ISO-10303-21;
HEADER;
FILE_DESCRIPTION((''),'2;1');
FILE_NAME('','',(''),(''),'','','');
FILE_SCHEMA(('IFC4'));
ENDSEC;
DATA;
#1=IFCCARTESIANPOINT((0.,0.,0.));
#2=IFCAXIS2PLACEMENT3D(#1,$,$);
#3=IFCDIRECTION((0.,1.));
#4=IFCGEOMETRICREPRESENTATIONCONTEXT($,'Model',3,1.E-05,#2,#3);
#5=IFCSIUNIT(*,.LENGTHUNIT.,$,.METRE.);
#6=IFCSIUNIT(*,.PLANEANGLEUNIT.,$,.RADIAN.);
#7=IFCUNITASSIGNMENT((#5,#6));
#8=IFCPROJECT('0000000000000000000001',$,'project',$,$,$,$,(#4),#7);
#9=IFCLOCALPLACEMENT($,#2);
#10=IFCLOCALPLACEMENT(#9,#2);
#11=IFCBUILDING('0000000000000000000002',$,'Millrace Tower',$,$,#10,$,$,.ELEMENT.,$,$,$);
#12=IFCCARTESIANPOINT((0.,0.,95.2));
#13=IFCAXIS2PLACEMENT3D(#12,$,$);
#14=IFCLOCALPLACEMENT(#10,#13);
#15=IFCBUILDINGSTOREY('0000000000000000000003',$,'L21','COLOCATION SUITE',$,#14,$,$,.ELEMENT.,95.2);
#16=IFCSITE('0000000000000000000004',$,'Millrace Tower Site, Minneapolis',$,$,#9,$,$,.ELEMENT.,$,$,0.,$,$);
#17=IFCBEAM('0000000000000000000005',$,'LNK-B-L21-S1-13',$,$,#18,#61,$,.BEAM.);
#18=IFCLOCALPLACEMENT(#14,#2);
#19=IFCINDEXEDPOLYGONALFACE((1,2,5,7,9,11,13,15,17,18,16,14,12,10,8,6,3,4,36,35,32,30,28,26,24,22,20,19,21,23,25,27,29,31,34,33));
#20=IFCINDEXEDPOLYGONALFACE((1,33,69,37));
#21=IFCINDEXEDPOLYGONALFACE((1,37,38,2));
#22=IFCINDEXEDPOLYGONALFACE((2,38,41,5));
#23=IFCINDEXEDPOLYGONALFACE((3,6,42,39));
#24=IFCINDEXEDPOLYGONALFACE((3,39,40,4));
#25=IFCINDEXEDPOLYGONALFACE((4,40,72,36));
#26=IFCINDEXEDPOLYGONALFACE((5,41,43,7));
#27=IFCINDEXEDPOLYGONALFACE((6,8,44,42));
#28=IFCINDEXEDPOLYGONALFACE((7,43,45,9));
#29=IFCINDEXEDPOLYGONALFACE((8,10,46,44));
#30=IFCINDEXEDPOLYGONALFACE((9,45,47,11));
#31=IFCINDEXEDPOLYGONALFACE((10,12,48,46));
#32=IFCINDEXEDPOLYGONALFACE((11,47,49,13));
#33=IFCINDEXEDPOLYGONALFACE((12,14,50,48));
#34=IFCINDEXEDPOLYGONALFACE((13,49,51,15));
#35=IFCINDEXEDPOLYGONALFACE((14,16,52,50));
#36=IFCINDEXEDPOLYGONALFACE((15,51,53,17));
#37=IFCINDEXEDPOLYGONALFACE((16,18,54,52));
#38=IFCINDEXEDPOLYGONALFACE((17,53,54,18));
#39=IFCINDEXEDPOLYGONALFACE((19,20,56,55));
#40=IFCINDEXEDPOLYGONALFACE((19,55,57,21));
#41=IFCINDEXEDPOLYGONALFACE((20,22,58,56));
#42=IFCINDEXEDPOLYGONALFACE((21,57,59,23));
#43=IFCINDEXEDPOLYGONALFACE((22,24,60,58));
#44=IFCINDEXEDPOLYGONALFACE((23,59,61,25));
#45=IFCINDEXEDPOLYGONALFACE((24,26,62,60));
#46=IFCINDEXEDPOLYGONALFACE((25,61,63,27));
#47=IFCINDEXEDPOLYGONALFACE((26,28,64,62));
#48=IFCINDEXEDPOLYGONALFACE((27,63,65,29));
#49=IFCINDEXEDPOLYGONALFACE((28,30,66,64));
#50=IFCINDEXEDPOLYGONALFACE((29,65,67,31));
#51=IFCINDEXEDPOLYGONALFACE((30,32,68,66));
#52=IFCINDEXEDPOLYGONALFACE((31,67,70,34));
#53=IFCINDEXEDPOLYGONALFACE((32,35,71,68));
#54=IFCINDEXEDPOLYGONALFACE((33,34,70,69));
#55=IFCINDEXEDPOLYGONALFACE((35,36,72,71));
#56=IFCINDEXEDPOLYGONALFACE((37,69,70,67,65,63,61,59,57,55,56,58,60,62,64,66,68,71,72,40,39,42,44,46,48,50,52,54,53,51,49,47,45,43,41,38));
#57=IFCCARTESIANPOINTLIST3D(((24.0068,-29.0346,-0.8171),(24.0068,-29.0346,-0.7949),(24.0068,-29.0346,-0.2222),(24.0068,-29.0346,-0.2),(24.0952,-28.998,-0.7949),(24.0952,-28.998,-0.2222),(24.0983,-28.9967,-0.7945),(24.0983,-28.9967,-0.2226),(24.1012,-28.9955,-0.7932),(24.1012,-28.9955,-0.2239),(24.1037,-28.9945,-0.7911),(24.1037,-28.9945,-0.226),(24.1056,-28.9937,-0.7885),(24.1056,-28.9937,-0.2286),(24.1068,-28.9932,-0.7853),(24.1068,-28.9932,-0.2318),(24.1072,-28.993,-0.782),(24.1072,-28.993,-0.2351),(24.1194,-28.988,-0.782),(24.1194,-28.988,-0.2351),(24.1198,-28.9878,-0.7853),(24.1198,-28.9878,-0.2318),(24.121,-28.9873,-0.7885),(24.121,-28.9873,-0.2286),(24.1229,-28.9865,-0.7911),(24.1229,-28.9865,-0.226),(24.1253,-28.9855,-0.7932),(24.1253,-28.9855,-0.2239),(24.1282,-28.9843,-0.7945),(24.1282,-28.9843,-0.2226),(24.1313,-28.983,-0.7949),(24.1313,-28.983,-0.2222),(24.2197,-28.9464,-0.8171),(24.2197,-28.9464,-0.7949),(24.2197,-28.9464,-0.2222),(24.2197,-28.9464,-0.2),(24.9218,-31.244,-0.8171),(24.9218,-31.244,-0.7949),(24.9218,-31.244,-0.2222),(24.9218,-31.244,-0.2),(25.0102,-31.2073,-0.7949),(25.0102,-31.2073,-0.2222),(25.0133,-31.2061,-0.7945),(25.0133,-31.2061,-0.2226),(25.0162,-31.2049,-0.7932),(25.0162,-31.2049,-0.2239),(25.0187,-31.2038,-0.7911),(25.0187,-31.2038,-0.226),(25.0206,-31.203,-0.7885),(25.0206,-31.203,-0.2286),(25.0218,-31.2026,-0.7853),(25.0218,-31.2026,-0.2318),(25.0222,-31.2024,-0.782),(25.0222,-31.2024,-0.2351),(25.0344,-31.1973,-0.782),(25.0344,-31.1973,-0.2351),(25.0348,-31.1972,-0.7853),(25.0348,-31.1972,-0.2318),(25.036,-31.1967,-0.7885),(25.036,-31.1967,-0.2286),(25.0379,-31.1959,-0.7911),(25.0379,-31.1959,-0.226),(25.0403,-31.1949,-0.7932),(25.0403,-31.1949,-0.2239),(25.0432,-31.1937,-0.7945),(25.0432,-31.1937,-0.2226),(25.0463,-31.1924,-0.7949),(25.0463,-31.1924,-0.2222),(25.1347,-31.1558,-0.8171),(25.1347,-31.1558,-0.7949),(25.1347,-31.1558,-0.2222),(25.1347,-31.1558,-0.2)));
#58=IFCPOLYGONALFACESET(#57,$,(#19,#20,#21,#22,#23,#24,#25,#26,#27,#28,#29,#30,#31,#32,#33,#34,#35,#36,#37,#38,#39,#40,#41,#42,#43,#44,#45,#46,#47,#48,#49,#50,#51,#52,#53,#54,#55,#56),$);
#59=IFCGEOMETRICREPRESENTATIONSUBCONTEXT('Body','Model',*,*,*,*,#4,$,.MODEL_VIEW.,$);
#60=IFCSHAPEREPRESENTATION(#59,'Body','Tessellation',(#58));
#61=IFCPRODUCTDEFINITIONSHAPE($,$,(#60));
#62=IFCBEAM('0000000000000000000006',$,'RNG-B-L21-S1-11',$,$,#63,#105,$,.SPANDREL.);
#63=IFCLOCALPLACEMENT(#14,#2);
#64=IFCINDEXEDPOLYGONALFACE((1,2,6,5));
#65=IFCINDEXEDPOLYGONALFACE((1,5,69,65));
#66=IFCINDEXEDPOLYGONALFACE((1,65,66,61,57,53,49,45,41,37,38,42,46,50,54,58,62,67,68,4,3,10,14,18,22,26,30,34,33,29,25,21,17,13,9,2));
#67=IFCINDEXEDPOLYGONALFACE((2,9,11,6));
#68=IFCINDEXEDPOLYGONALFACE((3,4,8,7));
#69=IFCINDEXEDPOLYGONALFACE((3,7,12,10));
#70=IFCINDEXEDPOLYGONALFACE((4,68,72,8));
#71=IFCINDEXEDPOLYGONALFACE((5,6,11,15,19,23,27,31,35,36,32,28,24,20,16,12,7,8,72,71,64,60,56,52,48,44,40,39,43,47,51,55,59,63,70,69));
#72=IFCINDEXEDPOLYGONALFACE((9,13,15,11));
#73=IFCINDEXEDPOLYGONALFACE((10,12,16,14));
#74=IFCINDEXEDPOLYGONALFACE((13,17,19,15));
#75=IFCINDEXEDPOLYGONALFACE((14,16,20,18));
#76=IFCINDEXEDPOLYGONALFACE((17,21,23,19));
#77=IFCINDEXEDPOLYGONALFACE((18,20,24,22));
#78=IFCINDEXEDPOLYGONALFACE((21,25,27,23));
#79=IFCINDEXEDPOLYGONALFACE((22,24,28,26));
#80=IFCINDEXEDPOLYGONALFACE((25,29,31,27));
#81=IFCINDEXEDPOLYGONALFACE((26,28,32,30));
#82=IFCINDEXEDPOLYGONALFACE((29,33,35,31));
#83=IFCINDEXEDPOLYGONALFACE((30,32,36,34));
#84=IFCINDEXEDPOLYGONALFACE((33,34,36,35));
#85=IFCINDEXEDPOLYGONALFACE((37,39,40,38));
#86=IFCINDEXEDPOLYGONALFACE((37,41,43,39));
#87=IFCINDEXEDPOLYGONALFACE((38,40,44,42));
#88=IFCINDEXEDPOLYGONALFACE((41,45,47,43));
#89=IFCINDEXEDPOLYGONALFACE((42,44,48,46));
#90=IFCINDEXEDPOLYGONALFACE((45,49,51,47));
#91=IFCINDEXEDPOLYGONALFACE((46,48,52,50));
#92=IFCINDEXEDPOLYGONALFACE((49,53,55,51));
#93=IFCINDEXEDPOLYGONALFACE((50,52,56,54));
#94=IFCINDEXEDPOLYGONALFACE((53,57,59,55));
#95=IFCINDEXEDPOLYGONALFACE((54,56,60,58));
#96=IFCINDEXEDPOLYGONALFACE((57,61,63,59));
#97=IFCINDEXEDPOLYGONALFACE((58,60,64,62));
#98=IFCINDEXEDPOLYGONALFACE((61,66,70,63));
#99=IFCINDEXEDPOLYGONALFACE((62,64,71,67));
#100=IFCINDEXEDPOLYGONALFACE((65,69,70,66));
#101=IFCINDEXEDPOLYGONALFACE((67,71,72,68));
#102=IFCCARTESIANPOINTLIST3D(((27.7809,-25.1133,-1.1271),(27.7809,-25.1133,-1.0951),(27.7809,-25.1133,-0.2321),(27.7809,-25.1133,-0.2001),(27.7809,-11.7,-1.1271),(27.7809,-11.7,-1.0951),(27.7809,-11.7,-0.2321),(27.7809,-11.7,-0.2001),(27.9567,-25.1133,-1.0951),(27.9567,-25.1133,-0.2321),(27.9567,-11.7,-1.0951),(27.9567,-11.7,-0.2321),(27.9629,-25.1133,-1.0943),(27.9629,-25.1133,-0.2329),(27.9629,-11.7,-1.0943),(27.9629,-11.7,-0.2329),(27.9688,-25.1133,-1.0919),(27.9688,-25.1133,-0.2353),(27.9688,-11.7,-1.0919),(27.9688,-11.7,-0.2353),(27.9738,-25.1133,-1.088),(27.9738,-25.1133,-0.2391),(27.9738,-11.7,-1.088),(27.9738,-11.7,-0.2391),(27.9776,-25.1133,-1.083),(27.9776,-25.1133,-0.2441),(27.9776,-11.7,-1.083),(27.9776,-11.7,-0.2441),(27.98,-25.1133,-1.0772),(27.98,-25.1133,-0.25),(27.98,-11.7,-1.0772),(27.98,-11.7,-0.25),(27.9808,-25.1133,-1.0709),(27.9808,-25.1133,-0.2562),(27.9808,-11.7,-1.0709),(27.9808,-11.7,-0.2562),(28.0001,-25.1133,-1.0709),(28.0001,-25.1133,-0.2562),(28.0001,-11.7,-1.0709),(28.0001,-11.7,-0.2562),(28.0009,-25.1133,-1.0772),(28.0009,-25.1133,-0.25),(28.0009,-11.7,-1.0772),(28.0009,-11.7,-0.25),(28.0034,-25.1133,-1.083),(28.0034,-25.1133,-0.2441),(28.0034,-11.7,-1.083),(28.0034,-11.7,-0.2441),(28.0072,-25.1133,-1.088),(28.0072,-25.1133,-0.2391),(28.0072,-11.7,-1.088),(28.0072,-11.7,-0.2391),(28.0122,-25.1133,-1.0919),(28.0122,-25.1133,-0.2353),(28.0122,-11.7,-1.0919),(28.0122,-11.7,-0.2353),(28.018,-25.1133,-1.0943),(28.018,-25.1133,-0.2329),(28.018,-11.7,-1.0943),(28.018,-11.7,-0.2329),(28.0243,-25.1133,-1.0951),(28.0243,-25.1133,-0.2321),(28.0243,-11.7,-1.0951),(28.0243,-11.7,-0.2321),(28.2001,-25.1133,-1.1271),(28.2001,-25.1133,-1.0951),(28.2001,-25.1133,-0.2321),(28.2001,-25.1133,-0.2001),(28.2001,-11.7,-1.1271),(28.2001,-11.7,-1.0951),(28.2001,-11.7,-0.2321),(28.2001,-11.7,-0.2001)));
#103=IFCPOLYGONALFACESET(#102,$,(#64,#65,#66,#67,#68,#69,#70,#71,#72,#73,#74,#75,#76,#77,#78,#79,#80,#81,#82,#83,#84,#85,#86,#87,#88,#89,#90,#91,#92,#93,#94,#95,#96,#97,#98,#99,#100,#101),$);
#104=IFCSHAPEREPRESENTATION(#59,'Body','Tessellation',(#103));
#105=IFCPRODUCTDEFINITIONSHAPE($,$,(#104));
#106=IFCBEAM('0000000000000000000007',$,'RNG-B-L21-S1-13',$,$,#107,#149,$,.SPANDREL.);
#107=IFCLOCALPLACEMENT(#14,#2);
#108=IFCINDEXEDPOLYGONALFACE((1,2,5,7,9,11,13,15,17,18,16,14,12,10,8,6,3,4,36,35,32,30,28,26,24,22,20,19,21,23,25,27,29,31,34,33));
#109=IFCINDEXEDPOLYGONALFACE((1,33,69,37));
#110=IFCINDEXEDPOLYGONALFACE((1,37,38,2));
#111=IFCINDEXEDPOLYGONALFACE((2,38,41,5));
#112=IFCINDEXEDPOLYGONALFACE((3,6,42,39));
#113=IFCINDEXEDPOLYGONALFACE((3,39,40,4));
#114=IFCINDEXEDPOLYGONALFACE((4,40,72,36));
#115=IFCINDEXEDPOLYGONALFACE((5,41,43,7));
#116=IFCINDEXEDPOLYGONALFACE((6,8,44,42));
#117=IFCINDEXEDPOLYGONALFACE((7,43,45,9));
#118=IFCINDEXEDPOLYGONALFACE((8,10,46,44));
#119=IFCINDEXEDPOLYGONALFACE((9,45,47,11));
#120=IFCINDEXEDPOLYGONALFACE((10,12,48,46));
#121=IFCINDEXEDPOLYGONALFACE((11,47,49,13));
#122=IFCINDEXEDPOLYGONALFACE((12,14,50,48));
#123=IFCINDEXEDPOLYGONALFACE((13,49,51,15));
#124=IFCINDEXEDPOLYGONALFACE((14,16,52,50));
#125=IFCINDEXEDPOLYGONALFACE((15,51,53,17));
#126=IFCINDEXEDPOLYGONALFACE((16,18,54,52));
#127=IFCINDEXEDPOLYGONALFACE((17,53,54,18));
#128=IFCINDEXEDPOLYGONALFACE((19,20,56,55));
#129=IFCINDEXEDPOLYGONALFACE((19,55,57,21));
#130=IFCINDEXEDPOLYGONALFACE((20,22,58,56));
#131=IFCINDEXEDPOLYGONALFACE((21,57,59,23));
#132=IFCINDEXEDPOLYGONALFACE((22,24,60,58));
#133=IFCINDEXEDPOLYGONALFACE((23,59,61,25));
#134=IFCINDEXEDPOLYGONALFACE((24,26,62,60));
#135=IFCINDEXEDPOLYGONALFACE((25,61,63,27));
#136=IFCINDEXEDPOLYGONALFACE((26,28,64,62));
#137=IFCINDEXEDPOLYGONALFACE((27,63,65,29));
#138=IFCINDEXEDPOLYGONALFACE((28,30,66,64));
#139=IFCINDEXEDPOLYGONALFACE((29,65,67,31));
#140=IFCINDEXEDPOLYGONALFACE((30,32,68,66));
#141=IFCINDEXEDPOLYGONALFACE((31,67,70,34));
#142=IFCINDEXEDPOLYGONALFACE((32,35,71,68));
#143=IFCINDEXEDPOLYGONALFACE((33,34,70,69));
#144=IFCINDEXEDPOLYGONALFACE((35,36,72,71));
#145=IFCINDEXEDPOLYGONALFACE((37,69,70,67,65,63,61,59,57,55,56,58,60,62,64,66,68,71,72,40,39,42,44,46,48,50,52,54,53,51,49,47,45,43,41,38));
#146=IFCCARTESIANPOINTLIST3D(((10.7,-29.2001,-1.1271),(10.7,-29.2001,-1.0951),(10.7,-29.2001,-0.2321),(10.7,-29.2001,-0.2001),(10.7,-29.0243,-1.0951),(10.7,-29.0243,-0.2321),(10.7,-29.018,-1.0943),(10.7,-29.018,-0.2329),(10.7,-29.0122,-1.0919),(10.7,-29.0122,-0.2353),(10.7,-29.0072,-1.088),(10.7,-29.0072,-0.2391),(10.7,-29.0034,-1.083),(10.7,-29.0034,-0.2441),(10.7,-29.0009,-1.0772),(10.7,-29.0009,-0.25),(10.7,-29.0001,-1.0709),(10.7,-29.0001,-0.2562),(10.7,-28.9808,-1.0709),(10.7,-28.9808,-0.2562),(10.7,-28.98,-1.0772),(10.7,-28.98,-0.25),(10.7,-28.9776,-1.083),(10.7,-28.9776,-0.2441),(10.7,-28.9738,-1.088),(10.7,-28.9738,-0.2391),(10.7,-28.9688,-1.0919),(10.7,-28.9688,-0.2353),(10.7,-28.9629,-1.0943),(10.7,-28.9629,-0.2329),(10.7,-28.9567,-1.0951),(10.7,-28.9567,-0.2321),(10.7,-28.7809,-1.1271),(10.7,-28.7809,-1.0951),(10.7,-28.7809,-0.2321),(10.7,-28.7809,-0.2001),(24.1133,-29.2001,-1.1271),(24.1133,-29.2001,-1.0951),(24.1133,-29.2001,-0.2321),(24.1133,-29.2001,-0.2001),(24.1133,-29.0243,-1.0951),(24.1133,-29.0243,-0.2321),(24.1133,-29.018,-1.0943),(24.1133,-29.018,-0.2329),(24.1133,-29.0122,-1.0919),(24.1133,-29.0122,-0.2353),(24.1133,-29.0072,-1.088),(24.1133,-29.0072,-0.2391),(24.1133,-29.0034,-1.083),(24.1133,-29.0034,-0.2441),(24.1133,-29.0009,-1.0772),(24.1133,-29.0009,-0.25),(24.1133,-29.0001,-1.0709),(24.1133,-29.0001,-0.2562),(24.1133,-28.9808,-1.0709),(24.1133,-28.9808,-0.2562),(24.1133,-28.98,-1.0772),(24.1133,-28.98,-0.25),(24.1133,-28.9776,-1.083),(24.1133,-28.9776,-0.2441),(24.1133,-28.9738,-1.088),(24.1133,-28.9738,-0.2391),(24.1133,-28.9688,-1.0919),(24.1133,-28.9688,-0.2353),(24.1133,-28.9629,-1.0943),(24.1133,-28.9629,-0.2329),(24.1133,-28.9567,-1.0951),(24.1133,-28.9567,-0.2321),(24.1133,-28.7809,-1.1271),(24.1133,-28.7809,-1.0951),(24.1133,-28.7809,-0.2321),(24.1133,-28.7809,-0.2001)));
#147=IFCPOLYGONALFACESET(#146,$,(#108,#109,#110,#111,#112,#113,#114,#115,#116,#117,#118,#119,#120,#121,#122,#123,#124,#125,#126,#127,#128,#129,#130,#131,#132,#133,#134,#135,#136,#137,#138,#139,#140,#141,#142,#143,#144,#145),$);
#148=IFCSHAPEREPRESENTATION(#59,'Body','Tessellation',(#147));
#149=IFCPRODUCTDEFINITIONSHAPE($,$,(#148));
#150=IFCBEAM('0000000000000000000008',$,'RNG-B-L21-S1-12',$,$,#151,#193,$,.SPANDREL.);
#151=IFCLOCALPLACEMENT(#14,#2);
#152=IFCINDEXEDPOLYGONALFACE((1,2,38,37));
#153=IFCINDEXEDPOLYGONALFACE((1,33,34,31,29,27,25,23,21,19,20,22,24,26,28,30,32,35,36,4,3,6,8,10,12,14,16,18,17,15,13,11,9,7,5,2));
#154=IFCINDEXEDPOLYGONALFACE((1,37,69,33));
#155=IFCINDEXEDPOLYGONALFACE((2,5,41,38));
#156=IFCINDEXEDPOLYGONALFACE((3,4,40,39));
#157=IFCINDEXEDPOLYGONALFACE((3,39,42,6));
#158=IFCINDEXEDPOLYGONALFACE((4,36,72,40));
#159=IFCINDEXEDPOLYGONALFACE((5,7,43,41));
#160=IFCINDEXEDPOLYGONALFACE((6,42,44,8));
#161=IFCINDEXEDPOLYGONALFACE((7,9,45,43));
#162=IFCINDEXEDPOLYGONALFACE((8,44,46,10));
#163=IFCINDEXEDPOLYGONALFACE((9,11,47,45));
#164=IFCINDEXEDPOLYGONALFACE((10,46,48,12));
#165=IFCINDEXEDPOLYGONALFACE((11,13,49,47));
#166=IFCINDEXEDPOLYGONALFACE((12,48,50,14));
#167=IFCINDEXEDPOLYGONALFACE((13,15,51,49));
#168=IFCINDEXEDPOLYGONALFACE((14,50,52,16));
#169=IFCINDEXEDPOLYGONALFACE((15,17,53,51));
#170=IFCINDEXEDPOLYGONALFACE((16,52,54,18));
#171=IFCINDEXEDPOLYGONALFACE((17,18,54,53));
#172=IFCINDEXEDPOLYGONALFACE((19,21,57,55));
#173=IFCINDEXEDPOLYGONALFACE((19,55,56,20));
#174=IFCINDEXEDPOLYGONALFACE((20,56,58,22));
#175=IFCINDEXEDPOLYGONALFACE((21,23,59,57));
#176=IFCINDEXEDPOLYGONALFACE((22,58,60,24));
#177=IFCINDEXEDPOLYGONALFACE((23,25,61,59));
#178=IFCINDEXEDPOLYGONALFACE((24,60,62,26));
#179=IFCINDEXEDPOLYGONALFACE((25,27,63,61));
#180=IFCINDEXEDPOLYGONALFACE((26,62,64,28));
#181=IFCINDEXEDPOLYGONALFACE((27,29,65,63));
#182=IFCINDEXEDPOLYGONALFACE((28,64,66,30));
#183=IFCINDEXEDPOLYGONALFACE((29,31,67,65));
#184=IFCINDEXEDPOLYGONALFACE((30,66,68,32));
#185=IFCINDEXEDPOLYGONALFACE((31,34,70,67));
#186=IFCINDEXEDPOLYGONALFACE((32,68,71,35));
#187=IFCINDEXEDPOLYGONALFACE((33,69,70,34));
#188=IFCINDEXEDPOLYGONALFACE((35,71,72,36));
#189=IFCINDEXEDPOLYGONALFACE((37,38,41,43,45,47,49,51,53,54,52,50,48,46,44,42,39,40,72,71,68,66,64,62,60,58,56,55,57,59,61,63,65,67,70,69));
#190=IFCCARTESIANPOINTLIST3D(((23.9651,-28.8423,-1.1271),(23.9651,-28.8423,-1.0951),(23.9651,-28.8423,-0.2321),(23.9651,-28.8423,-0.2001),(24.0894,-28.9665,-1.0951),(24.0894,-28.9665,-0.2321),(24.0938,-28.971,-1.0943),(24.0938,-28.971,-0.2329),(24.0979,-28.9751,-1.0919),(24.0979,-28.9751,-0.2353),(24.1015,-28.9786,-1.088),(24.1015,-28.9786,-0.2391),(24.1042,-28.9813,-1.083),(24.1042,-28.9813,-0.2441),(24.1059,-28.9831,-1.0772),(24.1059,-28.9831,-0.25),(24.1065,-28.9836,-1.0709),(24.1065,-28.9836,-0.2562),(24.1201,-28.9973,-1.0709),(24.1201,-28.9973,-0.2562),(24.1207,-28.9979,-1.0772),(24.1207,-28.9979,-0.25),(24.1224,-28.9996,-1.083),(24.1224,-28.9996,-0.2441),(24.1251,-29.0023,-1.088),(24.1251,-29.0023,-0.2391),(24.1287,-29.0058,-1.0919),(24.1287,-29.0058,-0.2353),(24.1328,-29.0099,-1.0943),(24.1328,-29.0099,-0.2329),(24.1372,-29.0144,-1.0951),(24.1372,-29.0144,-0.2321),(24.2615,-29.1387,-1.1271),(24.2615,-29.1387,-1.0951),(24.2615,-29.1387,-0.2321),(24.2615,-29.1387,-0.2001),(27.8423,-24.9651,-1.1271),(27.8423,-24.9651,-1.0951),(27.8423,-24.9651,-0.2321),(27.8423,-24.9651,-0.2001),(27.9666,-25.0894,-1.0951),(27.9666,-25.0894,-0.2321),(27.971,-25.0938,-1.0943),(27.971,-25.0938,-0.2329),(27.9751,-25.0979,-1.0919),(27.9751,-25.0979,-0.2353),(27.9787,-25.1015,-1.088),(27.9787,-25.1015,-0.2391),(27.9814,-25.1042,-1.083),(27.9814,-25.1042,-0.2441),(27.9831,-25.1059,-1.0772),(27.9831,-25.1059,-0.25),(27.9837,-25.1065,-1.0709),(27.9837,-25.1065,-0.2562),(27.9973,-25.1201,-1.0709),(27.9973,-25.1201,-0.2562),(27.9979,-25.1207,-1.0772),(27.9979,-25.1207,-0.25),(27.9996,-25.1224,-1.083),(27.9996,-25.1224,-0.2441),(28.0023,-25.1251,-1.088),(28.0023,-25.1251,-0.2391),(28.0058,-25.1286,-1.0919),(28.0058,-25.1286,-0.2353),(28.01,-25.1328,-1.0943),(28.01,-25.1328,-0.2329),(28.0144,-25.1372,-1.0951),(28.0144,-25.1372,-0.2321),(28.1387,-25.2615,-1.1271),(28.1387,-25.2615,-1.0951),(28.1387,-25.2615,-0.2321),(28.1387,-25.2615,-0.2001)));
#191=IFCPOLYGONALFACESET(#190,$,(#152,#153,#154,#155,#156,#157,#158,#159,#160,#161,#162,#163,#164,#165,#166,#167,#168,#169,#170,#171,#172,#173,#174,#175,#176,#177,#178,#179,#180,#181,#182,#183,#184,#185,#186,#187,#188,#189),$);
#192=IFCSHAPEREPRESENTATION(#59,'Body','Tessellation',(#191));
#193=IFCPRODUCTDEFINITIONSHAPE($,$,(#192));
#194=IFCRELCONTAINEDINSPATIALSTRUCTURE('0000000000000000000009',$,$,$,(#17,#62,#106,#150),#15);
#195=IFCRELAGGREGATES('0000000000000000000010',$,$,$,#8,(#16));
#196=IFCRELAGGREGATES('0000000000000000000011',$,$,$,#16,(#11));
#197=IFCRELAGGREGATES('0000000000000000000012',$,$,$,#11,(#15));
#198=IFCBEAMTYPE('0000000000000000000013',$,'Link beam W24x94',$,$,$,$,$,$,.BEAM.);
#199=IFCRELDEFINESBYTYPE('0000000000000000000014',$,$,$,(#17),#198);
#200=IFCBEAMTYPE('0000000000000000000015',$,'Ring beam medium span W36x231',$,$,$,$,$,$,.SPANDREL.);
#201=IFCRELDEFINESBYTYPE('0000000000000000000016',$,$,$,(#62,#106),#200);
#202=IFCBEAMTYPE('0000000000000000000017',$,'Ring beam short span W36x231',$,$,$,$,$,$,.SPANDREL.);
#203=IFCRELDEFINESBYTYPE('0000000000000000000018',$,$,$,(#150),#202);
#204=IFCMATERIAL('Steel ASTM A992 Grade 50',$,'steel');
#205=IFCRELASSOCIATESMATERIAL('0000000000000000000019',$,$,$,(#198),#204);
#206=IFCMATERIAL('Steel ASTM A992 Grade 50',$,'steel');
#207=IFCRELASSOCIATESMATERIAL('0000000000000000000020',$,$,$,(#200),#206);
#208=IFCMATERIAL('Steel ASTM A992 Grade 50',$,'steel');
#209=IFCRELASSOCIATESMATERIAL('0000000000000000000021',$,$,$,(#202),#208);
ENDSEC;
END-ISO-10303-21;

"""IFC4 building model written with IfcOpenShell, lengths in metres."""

from ifc_helpers import new_model, si_unit, direction, frame, origin, origin_2d, place, context, subcontext, project, spatial, i_section, extrude, material, material_profile, profile_set, type_object, element, save


model = new_model("IFC4")

# Units and contexts
model_context = context("Model", 3, precision=1e-05, world=origin(), true_north=direction((0.0, 1.0)))
body_context = subcontext(model_context, "Body", "Model", "MODEL_VIEW")
ifc_project = project(units=[si_unit("LENGTHUNIT", "METRE"), si_unit("PLANEANGLEUNIT", "RADIAN")], contexts=[model_context])

# Site, building, storey
site_placement = place(None, origin())
site = spatial("IfcSite", under=ifc_project, at=site_placement, Name="Millrace Tower Site, Minneapolis", CompositionType="ELEMENT", RefElevation=0.0)
building_placement = place(site_placement, origin())
building = spatial("IfcBuilding", under=site, at=building_placement, Name="Millrace Tower", CompositionType="ELEMENT")
storey_placement = place(building_placement, frame((0.0, 0.0, 95.2)))
storey = spatial("IfcBuildingStorey", under=building, at=storey_placement, Name="L21", Description="COLOCATION SUITE", CompositionType="ELEMENT", Elevation=95.2)

# Beams
ifc_material_1 = material(Name="Steel ASTM A992 Grade 50", Category="steel")
ifc_material_profile_1 = material_profile(ifc_material_1, i_section(OverallWidth=0.2305, OverallDepth=0.6172, WebThickness=0.0132, FlangeThickness=0.0222, FilletRadius=0.0129, at=origin_2d()))
ifc_profile_set_1 = profile_set([ifc_material_profile_1], Name="Steel ASTM A992 Grade 50")
beam_type_1 = type_object("IfcBeamType", Name="Link beam W24x94", PredefinedType="BEAM", material=ifc_profile_set_1)
for number, where, z_axis, x_axis, name in (
    (1, (24.1133, -28.9905, -0.5085), (0.382628, -0.923902, 0.0), (0.923902, 0.382628, 0.0), "LNK-B-L21-S1-13"),
):
    element("IfcBeam", number, at=place(storey_placement, frame(where, z_axis=z_axis, x_axis=x_axis)), inside=storey, type_object=beam_type_1, Name=name, PredefinedType="BEAM", context=body_context, shape_type="SweptSolid", body=[
        extrude(i_section(OverallWidth=0.2305, OverallDepth=0.6172, WebThickness=0.0132, FlangeThickness=0.0222, FilletRadius=0.0129, at=origin_2d()), origin(), (0.0, 0.0, 1.0), 2.3914),
    ])
ifc_material_2 = material(Name="Steel ASTM A992 Grade 50", Category="steel")
ifc_material_profile_2 = material_profile(ifc_material_2, i_section(OverallWidth=0.4192, OverallDepth=0.927, WebThickness=0.0193, FlangeThickness=0.032, FilletRadius=0.0242, at=origin_2d()))
ifc_profile_set_2 = profile_set([ifc_material_profile_2], Name="Steel ASTM A992 Grade 50")
beam_type_2 = type_object("IfcBeamType", Name="Ring beam medium span W36x231", PredefinedType="SPANDREL", material=ifc_profile_set_2)
for number, where, z_axis, x_axis, name in (
    (2, (27.9905, -11.7, -0.6636), (0.0, -1.0, 0.0), (1.0, 0.0, 0.0), "RNG-B-L21-S1-11"),
    (3, (24.1133, -28.9905, -0.6636), (-1.0, 0.0, 0.0), (0.0, -1.0, 0.0), "RNG-B-L21-S1-13"),
):
    element("IfcBeam", number, at=place(storey_placement, frame(where, z_axis=z_axis, x_axis=x_axis)), inside=storey, type_object=beam_type_2, Name=name, PredefinedType="SPANDREL", context=body_context, shape_type="SweptSolid", body=[
        extrude(i_section(OverallWidth=0.4192, OverallDepth=0.927, WebThickness=0.0193, FlangeThickness=0.032, FilletRadius=0.0242, at=origin_2d()), origin(), (0.0, 0.0, 1.0), 13.4133),
    ])
ifc_material_3 = material(Name="Steel ASTM A992 Grade 50", Category="steel")
ifc_material_profile_3 = material_profile(ifc_material_3, i_section(OverallWidth=0.4192, OverallDepth=0.927, WebThickness=0.0193, FlangeThickness=0.032, FilletRadius=0.0242, at=origin_2d()))
ifc_profile_set_3 = profile_set([ifc_material_profile_3], Name="Steel ASTM A992 Grade 50")
beam_type_3 = type_object("IfcBeamType", Name="Ring beam short span W36x231", PredefinedType="SPANDREL", material=ifc_profile_set_3)
beam_placement = place(storey_placement, frame((27.9905, -25.1133, -0.6636), z_axis=(-0.707107, -0.707107, 0.0), x_axis=(0.707107, -0.707107, 0.0)))
element("IfcBeam", 4, at=beam_placement, inside=storey, type_object=beam_type_3, Name="RNG-B-L21-S1-12", PredefinedType="SPANDREL", context=body_context, shape_type="SweptSolid", body=[
    extrude(i_section(OverallWidth=0.4192, OverallDepth=0.927, WebThickness=0.0193, FlangeThickness=0.032, FilletRadius=0.0242, at=origin_2d()), origin(), (0.0, 0.0, 1.0), 5.4832),
])

save(model, "model.ifc")
